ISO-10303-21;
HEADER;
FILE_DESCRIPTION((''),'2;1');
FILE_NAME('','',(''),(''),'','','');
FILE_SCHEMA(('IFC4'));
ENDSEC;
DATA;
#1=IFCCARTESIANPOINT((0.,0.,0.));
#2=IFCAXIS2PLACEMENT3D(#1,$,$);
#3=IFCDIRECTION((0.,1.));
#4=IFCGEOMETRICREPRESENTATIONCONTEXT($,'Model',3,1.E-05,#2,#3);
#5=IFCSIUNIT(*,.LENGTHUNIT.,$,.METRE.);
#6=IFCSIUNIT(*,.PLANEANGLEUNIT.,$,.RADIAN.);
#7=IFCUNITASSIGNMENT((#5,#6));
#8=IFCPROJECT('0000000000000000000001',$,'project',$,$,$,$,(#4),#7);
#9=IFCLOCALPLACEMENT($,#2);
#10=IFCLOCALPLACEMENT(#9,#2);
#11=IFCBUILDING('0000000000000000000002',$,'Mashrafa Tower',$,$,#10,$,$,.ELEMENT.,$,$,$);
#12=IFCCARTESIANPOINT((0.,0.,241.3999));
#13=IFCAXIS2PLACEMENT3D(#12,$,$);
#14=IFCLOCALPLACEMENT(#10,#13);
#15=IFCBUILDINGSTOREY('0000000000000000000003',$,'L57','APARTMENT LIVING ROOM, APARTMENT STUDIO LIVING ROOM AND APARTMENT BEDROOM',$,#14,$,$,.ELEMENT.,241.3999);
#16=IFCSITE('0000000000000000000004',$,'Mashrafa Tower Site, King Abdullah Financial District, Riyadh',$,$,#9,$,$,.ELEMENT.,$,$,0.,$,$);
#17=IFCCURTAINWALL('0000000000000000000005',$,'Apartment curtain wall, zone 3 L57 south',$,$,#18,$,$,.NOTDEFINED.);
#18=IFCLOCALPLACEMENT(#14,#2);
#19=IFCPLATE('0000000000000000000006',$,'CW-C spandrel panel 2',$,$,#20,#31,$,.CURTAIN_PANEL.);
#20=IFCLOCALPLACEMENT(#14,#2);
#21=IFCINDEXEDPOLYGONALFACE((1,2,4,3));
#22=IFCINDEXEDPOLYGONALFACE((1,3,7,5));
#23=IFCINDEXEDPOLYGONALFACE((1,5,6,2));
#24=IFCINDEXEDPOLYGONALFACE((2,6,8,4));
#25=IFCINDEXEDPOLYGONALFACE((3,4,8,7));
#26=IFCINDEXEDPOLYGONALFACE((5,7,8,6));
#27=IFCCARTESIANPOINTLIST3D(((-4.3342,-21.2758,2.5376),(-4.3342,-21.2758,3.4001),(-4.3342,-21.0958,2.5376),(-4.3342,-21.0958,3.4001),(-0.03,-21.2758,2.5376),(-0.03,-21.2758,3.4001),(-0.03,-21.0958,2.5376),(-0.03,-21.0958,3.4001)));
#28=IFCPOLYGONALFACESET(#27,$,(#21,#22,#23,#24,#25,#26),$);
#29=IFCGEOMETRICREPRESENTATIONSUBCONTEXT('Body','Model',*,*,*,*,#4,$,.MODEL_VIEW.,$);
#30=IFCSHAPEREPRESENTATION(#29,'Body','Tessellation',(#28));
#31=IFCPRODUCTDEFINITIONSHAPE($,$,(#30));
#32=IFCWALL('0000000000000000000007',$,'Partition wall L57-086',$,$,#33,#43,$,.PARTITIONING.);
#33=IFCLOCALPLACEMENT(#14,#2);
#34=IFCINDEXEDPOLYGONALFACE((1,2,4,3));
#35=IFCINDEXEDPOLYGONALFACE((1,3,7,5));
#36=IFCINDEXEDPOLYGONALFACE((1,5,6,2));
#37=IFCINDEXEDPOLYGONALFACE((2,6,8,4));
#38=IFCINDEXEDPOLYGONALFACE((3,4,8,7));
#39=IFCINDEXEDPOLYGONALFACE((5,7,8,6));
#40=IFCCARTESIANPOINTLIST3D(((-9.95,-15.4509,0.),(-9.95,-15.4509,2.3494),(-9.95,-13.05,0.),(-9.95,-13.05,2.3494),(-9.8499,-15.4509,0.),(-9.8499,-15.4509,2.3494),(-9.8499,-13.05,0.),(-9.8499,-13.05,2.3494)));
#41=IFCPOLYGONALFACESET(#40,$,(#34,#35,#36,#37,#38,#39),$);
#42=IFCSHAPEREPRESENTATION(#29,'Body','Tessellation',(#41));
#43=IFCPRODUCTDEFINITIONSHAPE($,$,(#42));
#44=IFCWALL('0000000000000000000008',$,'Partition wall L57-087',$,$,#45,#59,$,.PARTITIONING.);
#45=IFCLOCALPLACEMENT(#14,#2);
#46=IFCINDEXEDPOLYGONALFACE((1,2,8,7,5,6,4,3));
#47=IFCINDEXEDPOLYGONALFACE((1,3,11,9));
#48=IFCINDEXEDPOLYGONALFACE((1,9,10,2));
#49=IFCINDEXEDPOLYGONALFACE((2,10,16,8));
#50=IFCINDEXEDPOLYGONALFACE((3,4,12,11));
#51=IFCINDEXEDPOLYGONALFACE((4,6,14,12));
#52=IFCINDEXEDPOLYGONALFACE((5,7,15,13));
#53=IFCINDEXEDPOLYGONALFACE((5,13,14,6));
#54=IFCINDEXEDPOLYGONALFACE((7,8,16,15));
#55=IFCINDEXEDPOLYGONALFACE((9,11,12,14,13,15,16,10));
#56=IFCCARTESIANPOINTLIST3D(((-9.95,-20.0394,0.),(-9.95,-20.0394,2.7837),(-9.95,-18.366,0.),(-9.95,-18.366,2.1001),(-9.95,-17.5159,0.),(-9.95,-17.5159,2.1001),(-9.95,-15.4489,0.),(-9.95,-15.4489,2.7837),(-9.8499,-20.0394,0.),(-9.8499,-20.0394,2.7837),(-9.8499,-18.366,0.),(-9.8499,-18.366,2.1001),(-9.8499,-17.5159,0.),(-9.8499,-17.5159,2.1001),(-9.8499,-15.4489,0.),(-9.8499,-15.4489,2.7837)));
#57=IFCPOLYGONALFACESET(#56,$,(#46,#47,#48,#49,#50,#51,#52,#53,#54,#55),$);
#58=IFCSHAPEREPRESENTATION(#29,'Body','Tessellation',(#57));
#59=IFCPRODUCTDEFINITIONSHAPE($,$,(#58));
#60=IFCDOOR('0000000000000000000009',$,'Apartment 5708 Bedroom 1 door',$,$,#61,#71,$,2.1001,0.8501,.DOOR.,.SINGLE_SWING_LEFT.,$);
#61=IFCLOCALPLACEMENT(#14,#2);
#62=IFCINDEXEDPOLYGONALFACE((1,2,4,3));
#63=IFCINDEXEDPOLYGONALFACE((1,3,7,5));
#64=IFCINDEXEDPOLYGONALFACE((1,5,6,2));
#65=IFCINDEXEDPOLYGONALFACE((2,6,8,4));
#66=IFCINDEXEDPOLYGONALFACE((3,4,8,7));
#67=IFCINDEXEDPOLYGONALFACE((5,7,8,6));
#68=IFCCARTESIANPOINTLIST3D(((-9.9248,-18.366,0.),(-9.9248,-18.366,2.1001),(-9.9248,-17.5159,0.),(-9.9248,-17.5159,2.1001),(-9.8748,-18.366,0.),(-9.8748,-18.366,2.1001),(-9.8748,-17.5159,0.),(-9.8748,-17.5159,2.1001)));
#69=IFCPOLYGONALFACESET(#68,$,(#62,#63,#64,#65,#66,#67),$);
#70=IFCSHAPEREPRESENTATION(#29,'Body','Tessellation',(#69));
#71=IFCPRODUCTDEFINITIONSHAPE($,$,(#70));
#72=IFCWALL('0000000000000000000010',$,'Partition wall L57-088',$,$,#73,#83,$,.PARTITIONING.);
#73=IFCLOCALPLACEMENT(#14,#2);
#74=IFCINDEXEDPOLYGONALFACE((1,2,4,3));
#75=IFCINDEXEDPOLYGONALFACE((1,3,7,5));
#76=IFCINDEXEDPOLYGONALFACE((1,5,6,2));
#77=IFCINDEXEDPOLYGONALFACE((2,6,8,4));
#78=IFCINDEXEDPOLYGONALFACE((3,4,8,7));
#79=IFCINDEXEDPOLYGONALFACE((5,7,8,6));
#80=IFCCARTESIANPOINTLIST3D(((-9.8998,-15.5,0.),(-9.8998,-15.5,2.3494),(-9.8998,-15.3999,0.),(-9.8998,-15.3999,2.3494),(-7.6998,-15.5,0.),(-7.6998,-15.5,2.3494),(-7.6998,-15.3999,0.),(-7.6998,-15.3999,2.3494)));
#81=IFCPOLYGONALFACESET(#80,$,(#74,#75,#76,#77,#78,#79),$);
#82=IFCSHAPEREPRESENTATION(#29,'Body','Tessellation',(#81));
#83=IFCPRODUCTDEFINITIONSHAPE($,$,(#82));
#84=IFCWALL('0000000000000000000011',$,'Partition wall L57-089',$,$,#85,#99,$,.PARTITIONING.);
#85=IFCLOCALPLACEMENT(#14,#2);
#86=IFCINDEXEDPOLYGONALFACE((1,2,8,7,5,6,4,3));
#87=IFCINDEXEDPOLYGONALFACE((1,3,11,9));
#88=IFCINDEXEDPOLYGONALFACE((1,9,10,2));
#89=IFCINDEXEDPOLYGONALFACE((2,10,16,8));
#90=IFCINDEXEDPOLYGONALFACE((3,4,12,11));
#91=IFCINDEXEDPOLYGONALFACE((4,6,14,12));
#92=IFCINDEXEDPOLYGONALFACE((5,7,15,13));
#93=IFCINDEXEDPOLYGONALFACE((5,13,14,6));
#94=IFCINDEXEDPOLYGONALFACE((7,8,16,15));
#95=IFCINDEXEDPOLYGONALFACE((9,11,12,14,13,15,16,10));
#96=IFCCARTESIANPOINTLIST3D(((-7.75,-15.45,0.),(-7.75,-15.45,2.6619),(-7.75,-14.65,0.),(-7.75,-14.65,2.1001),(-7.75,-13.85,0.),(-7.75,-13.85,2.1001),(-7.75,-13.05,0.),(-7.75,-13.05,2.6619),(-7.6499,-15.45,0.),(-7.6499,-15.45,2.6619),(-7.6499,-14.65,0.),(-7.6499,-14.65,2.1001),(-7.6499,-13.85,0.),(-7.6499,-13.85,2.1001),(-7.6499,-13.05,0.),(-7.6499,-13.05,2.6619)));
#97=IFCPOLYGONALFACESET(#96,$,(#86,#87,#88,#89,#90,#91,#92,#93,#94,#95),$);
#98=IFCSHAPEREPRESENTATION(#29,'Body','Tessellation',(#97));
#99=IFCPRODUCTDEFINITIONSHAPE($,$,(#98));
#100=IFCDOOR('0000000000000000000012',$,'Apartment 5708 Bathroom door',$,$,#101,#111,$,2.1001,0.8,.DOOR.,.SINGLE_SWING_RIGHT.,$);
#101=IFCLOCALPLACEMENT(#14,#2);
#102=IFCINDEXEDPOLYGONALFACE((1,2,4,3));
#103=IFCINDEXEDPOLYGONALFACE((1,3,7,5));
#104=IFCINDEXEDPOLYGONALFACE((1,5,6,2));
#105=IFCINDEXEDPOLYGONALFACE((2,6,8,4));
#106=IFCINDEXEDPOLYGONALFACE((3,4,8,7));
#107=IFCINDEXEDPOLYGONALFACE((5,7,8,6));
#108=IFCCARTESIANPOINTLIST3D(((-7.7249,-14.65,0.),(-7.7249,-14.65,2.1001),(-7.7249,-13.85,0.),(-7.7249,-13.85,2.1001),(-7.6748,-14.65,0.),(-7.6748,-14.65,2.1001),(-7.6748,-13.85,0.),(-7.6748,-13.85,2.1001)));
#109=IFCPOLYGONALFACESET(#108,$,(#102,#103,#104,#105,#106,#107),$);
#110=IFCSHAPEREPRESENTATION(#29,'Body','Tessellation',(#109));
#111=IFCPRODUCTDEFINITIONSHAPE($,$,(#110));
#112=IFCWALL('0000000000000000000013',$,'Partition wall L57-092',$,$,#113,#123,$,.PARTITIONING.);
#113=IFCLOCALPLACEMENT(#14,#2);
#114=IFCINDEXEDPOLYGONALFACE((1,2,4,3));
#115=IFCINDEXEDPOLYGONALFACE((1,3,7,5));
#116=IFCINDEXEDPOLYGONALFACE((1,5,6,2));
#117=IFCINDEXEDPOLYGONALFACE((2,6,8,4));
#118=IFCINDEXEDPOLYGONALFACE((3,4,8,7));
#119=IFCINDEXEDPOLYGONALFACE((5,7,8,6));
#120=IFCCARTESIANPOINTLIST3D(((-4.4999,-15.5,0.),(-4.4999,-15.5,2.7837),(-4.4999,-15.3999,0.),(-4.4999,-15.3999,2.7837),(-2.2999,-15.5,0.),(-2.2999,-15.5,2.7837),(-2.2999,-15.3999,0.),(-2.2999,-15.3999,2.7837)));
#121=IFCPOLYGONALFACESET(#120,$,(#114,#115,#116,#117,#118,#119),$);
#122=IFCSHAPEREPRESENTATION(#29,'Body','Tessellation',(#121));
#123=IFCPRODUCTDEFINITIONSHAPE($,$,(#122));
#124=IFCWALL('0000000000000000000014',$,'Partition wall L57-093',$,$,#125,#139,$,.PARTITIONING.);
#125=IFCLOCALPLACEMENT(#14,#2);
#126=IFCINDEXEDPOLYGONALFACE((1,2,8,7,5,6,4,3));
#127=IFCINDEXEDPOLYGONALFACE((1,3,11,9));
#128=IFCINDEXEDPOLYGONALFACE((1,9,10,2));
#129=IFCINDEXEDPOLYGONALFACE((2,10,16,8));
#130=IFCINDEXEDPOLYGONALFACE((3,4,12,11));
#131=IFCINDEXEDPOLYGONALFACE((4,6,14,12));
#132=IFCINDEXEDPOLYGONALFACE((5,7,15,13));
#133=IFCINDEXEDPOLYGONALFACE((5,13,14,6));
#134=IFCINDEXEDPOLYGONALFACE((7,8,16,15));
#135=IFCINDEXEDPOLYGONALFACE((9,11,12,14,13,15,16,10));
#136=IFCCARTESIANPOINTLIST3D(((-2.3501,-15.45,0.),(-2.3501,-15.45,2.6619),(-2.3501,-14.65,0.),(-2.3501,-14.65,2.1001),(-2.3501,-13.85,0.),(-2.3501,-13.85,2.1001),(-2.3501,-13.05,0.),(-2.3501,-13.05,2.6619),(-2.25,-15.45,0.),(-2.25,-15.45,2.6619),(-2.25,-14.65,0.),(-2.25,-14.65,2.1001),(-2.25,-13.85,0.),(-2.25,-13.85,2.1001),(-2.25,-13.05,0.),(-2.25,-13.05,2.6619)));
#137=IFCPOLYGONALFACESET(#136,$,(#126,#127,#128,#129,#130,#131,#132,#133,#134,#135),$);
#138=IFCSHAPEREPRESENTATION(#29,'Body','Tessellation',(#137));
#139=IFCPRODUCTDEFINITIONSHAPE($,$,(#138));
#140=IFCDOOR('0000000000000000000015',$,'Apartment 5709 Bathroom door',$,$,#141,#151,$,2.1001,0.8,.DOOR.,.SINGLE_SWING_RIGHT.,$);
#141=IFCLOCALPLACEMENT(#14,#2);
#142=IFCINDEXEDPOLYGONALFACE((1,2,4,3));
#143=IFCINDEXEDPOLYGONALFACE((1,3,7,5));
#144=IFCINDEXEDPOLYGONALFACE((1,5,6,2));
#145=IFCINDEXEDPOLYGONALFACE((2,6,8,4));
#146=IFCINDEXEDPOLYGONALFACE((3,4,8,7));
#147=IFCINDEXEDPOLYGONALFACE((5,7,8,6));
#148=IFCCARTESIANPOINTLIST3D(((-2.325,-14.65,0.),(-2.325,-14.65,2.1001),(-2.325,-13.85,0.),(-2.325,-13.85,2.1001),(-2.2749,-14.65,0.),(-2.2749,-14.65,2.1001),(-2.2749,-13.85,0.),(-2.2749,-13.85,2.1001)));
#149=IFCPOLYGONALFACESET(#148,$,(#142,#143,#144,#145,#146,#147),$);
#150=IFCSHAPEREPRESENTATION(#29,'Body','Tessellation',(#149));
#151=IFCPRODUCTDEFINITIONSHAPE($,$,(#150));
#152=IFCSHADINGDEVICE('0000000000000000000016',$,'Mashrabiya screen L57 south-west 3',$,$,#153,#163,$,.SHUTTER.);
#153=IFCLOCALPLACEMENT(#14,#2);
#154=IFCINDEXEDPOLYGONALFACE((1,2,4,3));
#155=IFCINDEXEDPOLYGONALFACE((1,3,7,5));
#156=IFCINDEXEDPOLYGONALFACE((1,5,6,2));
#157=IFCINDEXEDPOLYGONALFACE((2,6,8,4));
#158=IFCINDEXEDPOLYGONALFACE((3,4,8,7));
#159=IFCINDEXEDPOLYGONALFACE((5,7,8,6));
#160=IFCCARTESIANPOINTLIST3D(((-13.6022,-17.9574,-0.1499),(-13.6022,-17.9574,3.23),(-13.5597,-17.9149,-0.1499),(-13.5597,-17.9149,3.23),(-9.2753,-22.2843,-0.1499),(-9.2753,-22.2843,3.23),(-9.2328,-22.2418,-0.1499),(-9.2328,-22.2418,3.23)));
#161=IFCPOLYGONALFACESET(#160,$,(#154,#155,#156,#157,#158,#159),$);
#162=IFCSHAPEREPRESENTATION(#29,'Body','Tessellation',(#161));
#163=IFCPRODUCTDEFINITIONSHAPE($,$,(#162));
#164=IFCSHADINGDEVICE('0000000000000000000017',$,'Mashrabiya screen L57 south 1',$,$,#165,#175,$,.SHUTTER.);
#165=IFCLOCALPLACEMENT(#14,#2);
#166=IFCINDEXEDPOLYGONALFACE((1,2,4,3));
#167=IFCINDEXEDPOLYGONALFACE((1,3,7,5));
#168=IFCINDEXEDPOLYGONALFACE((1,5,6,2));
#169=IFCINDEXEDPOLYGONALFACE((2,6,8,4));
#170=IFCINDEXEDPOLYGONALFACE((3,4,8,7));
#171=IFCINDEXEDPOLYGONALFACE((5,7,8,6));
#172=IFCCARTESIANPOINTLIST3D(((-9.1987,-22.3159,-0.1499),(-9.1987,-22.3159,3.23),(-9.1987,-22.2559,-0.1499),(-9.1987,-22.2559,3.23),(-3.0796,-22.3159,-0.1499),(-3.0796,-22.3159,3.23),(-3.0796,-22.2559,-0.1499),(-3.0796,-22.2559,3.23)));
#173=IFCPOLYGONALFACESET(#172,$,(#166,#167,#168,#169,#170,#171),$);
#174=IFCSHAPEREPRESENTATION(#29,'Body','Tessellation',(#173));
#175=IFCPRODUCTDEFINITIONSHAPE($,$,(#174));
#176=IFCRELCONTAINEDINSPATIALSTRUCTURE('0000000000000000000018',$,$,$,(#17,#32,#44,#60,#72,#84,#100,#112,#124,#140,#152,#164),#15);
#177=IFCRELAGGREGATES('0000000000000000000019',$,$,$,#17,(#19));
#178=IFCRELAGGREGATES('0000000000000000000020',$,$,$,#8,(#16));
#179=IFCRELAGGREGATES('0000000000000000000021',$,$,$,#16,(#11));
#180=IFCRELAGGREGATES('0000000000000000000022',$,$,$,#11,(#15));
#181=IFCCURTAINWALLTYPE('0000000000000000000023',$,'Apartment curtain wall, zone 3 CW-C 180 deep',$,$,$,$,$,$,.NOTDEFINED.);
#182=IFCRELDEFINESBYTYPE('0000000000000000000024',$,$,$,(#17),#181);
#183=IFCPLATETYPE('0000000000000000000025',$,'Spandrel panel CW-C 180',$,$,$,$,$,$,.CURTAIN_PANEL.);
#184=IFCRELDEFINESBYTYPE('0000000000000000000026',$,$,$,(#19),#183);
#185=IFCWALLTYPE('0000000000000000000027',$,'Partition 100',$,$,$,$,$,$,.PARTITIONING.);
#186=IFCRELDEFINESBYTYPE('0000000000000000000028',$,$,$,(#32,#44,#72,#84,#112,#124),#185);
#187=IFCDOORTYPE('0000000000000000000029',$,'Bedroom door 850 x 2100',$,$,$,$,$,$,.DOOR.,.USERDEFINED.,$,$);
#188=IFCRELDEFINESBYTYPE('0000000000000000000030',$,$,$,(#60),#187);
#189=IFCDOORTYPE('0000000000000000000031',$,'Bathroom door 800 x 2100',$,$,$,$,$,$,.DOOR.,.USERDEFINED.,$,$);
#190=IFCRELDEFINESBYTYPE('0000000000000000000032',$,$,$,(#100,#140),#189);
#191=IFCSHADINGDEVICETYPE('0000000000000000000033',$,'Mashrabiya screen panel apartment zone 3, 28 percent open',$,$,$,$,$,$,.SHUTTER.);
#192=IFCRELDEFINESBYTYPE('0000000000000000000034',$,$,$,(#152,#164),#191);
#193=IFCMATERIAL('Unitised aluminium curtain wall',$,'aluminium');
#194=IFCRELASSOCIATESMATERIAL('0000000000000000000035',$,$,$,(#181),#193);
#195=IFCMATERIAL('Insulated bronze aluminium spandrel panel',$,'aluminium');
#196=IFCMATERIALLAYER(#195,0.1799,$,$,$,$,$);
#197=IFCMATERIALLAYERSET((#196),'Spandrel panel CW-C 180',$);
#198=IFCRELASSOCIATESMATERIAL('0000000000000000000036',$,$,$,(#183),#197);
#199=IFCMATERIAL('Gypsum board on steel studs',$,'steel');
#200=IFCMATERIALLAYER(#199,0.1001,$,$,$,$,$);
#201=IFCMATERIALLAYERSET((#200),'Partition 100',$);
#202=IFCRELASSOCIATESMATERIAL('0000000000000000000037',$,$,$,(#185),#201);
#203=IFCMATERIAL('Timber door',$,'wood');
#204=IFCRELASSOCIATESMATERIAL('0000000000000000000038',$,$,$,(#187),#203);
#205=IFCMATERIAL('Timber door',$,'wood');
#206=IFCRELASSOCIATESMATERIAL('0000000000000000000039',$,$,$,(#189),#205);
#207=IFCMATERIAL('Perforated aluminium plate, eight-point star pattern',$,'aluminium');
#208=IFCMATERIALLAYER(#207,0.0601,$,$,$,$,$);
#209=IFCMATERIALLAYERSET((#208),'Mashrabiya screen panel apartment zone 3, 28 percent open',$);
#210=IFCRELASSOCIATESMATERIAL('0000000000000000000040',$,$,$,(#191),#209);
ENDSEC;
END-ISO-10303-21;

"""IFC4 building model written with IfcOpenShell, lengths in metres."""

from ifc_helpers import new_model, si_unit, direction, frame, frame_2d, origin, origin_2d, place, context, subcontext, project, spatial, rectangle, extrude, source, transform, mapped, material, layer, layer_set, type_object, type_shapes, element, fill, aggregate, save


model = new_model("IFC4")

# Units and contexts
model_context = context("Model", 3, precision=1e-05, world=origin(), true_north=direction((0.0, 1.0)))
body_context = subcontext(model_context, "Body", "Model", "MODEL_VIEW")
ifc_project = project(units=[si_unit("LENGTHUNIT", "METRE"), si_unit("PLANEANGLEUNIT", "RADIAN")], contexts=[model_context])

# Site, building, storey
site_placement = place(None, origin())
site = spatial("IfcSite", under=ifc_project, at=site_placement, Name="Mashrafa Tower Site, King Abdullah Financial District, Riyadh", CompositionType="ELEMENT", RefElevation=0.0)
building_placement = place(site_placement, origin())
building = spatial("IfcBuilding", under=site, at=building_placement, Name="Mashrafa Tower", CompositionType="ELEMENT")
storey_placement = place(building_placement, frame((0.0, 0.0, 241.3999)))
storey = spatial("IfcBuildingStorey", under=building, at=storey_placement, Name="L57", Description="APARTMENT LIVING ROOM, APARTMENT STUDIO LIVING ROOM AND APARTMENT BEDROOM", CompositionType="ELEMENT", Elevation=241.3999)

# Shared definitions
ifc_material_1 = material(Name="Unitised aluminium curtain wall", Category="aluminium")
curtain_wall_type = type_object("IfcCurtainWallType", Name="Apartment curtain wall, zone 3 CW-C 180 deep", PredefinedType="NOTDEFINED", material=ifc_material_1)

# Curtain wall
curtain_wall_1_placement = place(storey_placement, origin())
curtain_wall_1 = element("IfcCurtainWall", 1, at=curtain_wall_1_placement, inside=storey, type_object=curtain_wall_type, Name="Apartment curtain wall, zone 3 L57 south", PredefinedType="NOTDEFINED")

# Plate
ifc_material_2 = material(Name="Insulated bronze aluminium spandrel panel", Category="aluminium")
ifc_layer_1 = layer(ifc_material_2, 0.1799)
ifc_layer_set_1 = layer_set([ifc_layer_1], Name="Spandrel panel CW-C 180")
plate_type_1 = type_object("IfcPlateType", Name="Spandrel panel CW-C 180", PredefinedType="CURTAIN_PANEL", material=ifc_layer_set_1)
shared_shape_1 = source(origin(), body_context, "Body", "SweptSolid", [
    extrude(rectangle(XDim=4.3042, YDim=0.1799, at=origin_2d()), origin(), (0.0, 0.0, 1.0), 0.8625),
])
plate_1_placement = place(storey_placement, frame((-2.1821, -21.1858, 2.5376), z_axis=(0.0, 0.0, 1.0), x_axis=(1.0, 0.0, 0.0)))
plate_1 = element("IfcPlate", 2, at=plate_1_placement, type_object=plate_type_1, Name="CW-C spandrel panel 2", PredefinedType="CURTAIN_PANEL", context=body_context, shape_type="MappedRepresentation", body=[
    mapped(shared_shape_1, transform((0.0, 0.0, 0.0))),
])
aggregate(curtain_wall_1, [plate_1])

# Wall
ifc_material_3 = material(Name="Gypsum board on steel studs", Category="steel")
ifc_layer_2 = layer(ifc_material_3, 0.1001)
ifc_layer_set_2 = layer_set([ifc_layer_2], Name="Partition 100")
wall_type = type_object("IfcWallType", Name="Partition 100", PredefinedType="PARTITIONING", material=ifc_layer_set_2)
wall_1_placement = place(storey_placement, frame((-9.8999, -15.4509, 0.0), z_axis=(0.0, 0.0, 1.0), x_axis=(0.0, 1.0, 0.0)))
element("IfcWall", 3, at=wall_1_placement, inside=storey, type_object=wall_type, Name="Partition wall L57-086", PredefinedType="PARTITIONING", context=body_context, shape_type="SweptSolid", body=[
    extrude(rectangle(XDim=2.4009, YDim=0.1001, at=frame_2d((1.2004, 0.0))), origin(), (0.0, 0.0, 1.0), 2.3494),
])

# Wall, opening, door
wall_2_placement = place(storey_placement, frame((-9.8999, -20.0396, 0.0), z_axis=(0.0, 0.0, 1.0), x_axis=(0.0, 1.0, 0.0)))
wall_2 = element("IfcWall", 4, at=wall_2_placement, inside=storey, type_object=wall_type, Name="Partition wall L57-087", PredefinedType="PARTITIONING", context=body_context, shape_type="SweptSolid", body=[
    extrude(rectangle(XDim=4.5906, YDim=0.1001, at=frame_2d((2.2954, 0.0))), origin(), (0.0, 0.0, 1.0), 2.7837),
])
opening_1_placement = place(wall_2_placement, frame((1.6736, 0.0, 0.0)))
opening_1 = element("IfcOpeningElement", 5, at=opening_1_placement, cuts=wall_2, PredefinedType="OPENING", context=body_context, shape_type="SweptSolid", body=[
    extrude(rectangle(XDim=0.8501, YDim=2.1001, at=frame_2d((0.425, 1.05))), frame((0.0, 0.0601, 0.0), z_axis=(0.0, -1.0, 0.0), x_axis=(1.0, 0.0, 0.0)), (0.0, 0.0, 1.0), 0.1201),
])
ifc_material_4 = material(Name="Timber door", Category="wood")
door_type_1 = type_object("IfcDoorType", Name="Bedroom door 850 x 2100", OperationType="USERDEFINED", PredefinedType="DOOR", material=ifc_material_4)
door_1_placement = place(opening_1_placement, origin())
door_1 = element("IfcDoor", 6, at=door_1_placement, inside=storey, type_object=door_type_1, Name="Apartment 5708 Bedroom 1 door", OperationType="SINGLE_SWING_LEFT", OverallHeight=2.1001, OverallWidth=0.8501, PredefinedType="DOOR", context=body_context, shape_type="SweptSolid", body=[
    extrude(rectangle(XDim=0.8501, YDim=2.1001, at=frame_2d((0.425, 1.05))), frame((0.0, 0.0249, 0.0), z_axis=(0.0, -1.0, 0.0), x_axis=(1.0, 0.0, 0.0)), (0.0, 0.0, 1.0), 0.05),
])
fill(opening_1, door_1)

# Wall
wall_3_placement = place(storey_placement, frame((-9.8999, -15.45, 0.0), z_axis=(0.0, 0.0, 1.0), x_axis=(1.0, 0.0, 0.0)))
element("IfcWall", 7, at=wall_3_placement, inside=storey, type_object=wall_type, Name="Partition wall L57-088", PredefinedType="PARTITIONING", context=body_context, shape_type="SweptSolid", body=[
    extrude(rectangle(XDim=2.2, YDim=0.1001, at=frame_2d((1.1001, 0.0))), origin(), (0.0, 0.0, 1.0), 2.3494),
])

# Wall, opening, door
wall_4_placement = place(storey_placement, frame((-7.7, -15.45, 0.0), z_axis=(0.0, 0.0, 1.0), x_axis=(0.0, 1.0, 0.0)))
wall_4 = element("IfcWall", 8, at=wall_4_placement, inside=storey, type_object=wall_type, Name="Partition wall L57-089", PredefinedType="PARTITIONING", context=body_context, shape_type="SweptSolid", body=[
    extrude(rectangle(XDim=2.3999, YDim=0.1001, at=frame_2d((1.2, 0.0))), origin(), (0.0, 0.0, 1.0), 2.6619),
])
opening_2_placement = place(wall_4_placement, frame((0.8, 0.0, 0.0)))
opening_2 = element("IfcOpeningElement", 9, at=opening_2_placement, cuts=wall_4, PredefinedType="OPENING", context=body_context, shape_type="SweptSolid", body=[
    extrude(rectangle(XDim=0.8, YDim=2.1001, at=frame_2d((0.3999, 1.05))), frame((0.0, 0.0601, 0.0), z_axis=(0.0, -1.0, 0.0), x_axis=(1.0, 0.0, 0.0)), (0.0, 0.0, 1.0), 0.1201),
])
ifc_material_5 = material(Name="Timber door", Category="wood")
door_type_2 = type_object("IfcDoorType", Name="Bathroom door 800 x 2100", OperationType="USERDEFINED", PredefinedType="DOOR", material=ifc_material_5)
door_2_placement = place(opening_2_placement, origin())
door_2 = element("IfcDoor", 10, at=door_2_placement, inside=storey, type_object=door_type_2, Name="Apartment 5708 Bathroom door", OperationType="SINGLE_SWING_RIGHT", OverallHeight=2.1001, OverallWidth=0.8, PredefinedType="DOOR", context=body_context, shape_type="SweptSolid", body=[
    extrude(rectangle(XDim=0.8, YDim=2.1001, at=frame_2d((0.3999, 1.05))), frame((0.0, 0.0249, 0.0), z_axis=(0.0, -1.0, 0.0), x_axis=(1.0, 0.0, 0.0)), (0.0, 0.0, 1.0), 0.05),
])
fill(opening_2, door_2)

# Wall
wall_5_placement = place(storey_placement, frame((-4.5, -15.45, 0.0), z_axis=(0.0, 0.0, 1.0), x_axis=(1.0, 0.0, 0.0)))
element("IfcWall", 11, at=wall_5_placement, inside=storey, type_object=wall_type, Name="Partition wall L57-092", PredefinedType="PARTITIONING", context=body_context, shape_type="SweptSolid", body=[
    extrude(rectangle(XDim=2.2, YDim=0.1001, at=frame_2d((1.1001, 0.0))), origin(), (0.0, 0.0, 1.0), 2.7837),
])

# Wall, opening, door
wall_6_placement = place(storey_placement, frame((-2.3, -15.45, 0.0), z_axis=(0.0, 0.0, 1.0), x_axis=(0.0, 1.0, 0.0)))
wall_6 = element("IfcWall", 12, at=wall_6_placement, inside=storey, type_object=wall_type, Name="Partition wall L57-093", PredefinedType="PARTITIONING", context=body_context, shape_type="SweptSolid", body=[
    extrude(rectangle(XDim=2.3999, YDim=0.1001, at=frame_2d((1.2, 0.0))), origin(), (0.0, 0.0, 1.0), 2.6619),
])
opening_3_placement = place(wall_6_placement, frame((0.8, 0.0, 0.0)))
opening_3 = element("IfcOpeningElement", 13, at=opening_3_placement, cuts=wall_6, PredefinedType="OPENING", context=body_context, shape_type="SweptSolid", body=[
    extrude(rectangle(XDim=0.8, YDim=2.1001, at=frame_2d((0.3999, 1.05))), frame((0.0, 0.0601, 0.0), z_axis=(0.0, -1.0, 0.0), x_axis=(1.0, 0.0, 0.0)), (0.0, 0.0, 1.0), 0.1201),
])
door_3_placement = place(opening_3_placement, origin())
door_3 = element("IfcDoor", 14, at=door_3_placement, inside=storey, type_object=door_type_2, Name="Apartment 5709 Bathroom door", OperationType="SINGLE_SWING_RIGHT", OverallHeight=2.1001, OverallWidth=0.8, PredefinedType="DOOR", context=body_context, shape_type="SweptSolid", body=[
    extrude(rectangle(XDim=0.8, YDim=2.1001, at=frame_2d((0.3999, 1.05))), frame((0.0, 0.0249, 0.0), z_axis=(0.0, -1.0, 0.0), x_axis=(1.0, 0.0, 0.0)), (0.0, 0.0, 1.0), 0.05),
])
fill(opening_3, door_3)

# Shading devices
ifc_material_6 = material(Name="Perforated aluminium plate, eight-point star pattern", Category="aluminium")
ifc_layer_3 = layer(ifc_material_6, 0.0601)
ifc_layer_set_3 = layer_set([ifc_layer_3], Name="Mashrabiya screen panel apartment zone 3, 28 percent open")
shading_device_type = type_object("IfcShadingDeviceType", Name="Mashrabiya screen panel apartment zone 3, 28 percent open", PredefinedType="SHUTTER", material=ifc_layer_set_3)
shared_shape_2 = source(origin(), body_context, "Body", "SweptSolid", [
    extrude(rectangle(XDim=6.1191, YDim=0.0601, at=origin_2d()), origin(), (0.0, 0.0, 1.0), 3.3799),
])
type_shapes(shading_device_type, [shared_shape_2])
for number, where, z_axis, x_axis, name in (
    (15, (-11.4175, -20.0996, -0.1499), (0.0, 0.0, 1.0), (0.707107, -0.707107, 0.0), "Mashrabiya screen L57 south-west 3"),
    (16, (-6.1392, -22.2859, -0.1499), (0.0, 0.0, 1.0), (1.0, 0.0, 0.0), "Mashrabiya screen L57 south 1"),
):
    element("IfcShadingDevice", number, at=place(storey_placement, frame(where, z_axis=z_axis, x_axis=x_axis)), inside=storey, type_object=shading_device_type, Name=name, PredefinedType="SHUTTER", context=body_context, shape_type="MappedRepresentation", body=[
        mapped(shared_shape_2, transform((0.0, 0.0, 0.0))),
    ])

save(model, "model.ifc")
